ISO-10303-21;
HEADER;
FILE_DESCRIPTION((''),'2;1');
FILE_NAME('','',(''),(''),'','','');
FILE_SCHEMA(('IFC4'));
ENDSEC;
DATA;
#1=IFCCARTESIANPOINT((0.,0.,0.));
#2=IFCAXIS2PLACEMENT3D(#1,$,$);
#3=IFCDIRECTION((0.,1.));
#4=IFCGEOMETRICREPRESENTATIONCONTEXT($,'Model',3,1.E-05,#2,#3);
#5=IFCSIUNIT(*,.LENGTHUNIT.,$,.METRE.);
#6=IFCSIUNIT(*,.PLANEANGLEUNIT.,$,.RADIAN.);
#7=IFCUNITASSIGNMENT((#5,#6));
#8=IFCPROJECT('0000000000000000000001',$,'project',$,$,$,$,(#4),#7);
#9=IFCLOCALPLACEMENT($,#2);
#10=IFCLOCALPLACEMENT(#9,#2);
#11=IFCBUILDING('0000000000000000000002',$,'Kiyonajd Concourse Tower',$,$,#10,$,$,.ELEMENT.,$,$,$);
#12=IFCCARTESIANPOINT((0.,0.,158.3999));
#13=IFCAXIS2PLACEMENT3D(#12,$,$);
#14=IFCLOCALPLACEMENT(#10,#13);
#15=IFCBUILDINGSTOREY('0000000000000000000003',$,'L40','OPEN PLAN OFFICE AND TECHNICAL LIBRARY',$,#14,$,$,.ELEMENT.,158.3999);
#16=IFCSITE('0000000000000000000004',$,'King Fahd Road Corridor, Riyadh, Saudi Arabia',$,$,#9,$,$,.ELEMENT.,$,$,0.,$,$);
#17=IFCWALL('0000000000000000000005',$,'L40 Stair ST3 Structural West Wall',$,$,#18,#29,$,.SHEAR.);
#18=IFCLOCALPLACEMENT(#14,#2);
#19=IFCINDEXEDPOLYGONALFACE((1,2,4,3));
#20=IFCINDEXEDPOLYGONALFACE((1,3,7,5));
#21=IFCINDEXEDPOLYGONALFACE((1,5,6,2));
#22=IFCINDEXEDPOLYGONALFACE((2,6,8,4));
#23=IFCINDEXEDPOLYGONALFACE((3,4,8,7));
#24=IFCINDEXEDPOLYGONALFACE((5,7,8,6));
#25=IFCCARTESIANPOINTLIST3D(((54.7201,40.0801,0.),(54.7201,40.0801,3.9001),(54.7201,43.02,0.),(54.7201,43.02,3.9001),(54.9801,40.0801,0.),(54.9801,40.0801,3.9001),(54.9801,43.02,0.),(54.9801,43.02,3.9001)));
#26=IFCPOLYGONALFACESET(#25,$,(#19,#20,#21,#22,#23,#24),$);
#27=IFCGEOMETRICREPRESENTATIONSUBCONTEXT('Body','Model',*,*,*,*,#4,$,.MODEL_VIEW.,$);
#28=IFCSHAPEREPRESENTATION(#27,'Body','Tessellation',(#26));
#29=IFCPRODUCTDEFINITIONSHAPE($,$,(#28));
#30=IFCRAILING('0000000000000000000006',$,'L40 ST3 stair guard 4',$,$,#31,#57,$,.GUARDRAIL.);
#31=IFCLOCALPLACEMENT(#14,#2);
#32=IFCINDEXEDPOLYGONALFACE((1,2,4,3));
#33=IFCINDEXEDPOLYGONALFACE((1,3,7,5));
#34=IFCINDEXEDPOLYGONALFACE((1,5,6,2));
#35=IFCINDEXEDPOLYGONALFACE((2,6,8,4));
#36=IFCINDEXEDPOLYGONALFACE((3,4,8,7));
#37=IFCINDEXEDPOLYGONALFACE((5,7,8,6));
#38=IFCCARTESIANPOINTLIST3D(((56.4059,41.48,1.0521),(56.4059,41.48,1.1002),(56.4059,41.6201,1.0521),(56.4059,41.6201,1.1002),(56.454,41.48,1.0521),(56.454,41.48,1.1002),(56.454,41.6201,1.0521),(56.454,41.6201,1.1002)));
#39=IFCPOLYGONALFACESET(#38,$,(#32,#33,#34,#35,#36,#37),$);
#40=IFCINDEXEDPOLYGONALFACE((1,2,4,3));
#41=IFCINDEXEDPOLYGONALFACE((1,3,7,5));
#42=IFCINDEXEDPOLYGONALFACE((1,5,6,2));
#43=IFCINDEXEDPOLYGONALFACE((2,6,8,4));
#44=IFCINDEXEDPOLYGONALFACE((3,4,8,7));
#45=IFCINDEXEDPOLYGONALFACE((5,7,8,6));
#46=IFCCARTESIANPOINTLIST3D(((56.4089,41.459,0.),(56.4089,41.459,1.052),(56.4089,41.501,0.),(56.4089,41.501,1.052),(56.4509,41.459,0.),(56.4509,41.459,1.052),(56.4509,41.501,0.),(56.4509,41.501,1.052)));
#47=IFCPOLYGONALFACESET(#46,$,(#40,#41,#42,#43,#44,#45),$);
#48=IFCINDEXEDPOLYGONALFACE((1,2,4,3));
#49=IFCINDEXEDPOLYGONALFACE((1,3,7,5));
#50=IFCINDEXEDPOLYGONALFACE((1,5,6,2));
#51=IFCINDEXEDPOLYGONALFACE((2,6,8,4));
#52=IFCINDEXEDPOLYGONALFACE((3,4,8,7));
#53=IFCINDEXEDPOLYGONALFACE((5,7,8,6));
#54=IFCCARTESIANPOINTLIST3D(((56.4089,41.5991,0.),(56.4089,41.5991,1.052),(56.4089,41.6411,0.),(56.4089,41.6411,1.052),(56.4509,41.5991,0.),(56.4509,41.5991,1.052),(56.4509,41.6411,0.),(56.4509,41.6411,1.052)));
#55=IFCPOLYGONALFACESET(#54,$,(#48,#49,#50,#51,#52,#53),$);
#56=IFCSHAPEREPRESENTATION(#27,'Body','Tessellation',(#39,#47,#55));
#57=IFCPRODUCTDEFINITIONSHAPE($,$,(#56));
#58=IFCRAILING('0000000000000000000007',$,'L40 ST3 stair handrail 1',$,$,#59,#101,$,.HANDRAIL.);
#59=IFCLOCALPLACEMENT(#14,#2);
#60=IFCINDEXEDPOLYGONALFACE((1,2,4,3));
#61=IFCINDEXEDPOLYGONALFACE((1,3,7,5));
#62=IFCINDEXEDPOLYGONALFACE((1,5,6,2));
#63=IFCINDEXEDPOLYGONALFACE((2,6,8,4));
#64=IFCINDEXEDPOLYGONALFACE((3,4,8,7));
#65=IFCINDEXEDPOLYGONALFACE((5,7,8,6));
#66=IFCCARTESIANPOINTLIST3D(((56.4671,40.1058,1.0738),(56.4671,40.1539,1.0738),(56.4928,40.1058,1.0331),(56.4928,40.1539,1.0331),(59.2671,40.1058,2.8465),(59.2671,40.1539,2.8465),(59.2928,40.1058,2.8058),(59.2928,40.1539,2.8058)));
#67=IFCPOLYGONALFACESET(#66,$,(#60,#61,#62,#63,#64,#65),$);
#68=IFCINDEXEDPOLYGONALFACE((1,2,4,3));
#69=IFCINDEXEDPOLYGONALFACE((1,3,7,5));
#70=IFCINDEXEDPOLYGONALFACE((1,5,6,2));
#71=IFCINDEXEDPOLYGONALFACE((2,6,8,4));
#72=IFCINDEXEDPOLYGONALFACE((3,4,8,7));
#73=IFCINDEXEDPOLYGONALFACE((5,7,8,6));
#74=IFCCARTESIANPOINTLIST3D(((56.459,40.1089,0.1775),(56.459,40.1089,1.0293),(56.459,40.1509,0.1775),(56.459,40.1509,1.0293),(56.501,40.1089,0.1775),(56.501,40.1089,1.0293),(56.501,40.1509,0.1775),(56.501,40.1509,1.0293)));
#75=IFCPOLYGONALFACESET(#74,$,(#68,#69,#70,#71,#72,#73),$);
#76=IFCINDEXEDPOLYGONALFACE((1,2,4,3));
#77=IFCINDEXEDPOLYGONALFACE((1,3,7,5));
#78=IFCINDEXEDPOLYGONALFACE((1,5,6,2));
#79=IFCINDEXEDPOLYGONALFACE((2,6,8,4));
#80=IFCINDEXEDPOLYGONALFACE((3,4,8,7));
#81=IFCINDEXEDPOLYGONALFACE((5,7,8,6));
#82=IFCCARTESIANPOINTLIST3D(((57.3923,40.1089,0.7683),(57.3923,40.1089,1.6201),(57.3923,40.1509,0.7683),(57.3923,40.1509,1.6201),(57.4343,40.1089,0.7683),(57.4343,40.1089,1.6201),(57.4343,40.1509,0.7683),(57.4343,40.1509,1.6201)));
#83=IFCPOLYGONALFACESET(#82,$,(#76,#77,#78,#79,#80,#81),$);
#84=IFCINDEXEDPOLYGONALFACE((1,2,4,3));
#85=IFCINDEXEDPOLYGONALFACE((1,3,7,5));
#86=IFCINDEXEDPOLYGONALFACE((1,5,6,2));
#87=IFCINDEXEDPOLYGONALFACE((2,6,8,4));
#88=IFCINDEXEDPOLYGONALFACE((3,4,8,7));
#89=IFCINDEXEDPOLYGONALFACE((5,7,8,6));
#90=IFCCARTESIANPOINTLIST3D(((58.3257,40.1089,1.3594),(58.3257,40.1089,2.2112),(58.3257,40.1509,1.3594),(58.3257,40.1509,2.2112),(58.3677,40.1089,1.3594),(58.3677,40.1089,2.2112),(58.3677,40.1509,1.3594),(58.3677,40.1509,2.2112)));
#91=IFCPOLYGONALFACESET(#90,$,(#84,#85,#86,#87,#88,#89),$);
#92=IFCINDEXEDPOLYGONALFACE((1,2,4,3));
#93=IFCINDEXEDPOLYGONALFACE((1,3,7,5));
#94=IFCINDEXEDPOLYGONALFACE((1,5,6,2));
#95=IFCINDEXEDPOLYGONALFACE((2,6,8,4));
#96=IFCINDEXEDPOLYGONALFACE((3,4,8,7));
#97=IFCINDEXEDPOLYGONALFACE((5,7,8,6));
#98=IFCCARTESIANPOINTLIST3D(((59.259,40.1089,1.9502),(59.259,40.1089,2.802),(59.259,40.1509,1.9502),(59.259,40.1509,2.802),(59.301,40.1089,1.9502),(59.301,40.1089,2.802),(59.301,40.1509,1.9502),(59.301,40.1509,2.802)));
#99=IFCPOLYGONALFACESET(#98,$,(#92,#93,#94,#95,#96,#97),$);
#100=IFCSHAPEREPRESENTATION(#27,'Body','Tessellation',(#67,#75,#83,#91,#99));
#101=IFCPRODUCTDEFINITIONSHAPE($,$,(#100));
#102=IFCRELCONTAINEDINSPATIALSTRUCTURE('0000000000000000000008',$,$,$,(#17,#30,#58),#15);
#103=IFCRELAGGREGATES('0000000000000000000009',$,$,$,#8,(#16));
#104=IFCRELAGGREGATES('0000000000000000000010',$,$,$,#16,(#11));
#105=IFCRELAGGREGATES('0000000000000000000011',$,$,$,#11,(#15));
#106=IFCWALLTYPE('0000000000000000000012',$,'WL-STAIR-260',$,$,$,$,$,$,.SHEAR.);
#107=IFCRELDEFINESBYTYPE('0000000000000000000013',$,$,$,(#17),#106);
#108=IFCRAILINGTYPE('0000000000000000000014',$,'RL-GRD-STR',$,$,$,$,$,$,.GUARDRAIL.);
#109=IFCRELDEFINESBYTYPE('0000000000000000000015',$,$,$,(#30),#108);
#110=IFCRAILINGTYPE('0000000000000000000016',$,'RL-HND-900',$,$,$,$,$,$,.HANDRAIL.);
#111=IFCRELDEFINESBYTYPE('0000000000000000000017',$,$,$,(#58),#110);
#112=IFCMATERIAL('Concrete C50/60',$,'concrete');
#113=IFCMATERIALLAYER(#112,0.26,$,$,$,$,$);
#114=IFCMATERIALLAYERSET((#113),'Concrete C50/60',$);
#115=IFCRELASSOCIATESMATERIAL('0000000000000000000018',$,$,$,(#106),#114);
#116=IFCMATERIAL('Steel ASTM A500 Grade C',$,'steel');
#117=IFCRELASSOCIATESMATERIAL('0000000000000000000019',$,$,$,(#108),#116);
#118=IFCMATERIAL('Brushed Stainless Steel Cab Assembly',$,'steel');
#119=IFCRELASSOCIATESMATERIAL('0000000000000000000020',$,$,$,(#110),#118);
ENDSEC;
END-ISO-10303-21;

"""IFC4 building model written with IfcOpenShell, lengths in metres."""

from ifc_helpers import new_model, si_unit, direction, frame, frame_2d, origin, origin_2d, place, context, subcontext, project, spatial, rectangle, extrude, material, layer, layer_set, type_object, element, save


model = new_model("IFC4")

# Units and contexts
model_context = context("Model", 3, precision=1e-05, world=origin(), true_north=direction((0.0, 1.0)))
body_context = subcontext(model_context, "Body", "Model", "MODEL_VIEW")
ifc_project = project(units=[si_unit("LENGTHUNIT", "METRE"), si_unit("PLANEANGLEUNIT", "RADIAN")], contexts=[model_context])

# Site, building, storey
site_placement = place(None, origin())
site = spatial("IfcSite", under=ifc_project, at=site_placement, Name="King Fahd Road Corridor, Riyadh, Saudi Arabia", CompositionType="ELEMENT", RefElevation=0.0)
building_placement = place(site_placement, origin())
building = spatial("IfcBuilding", under=site, at=building_placement, Name="Kiyonajd Concourse Tower", CompositionType="ELEMENT")
storey_placement = place(building_placement, frame((0.0, 0.0, 158.3999)))
storey = spatial("IfcBuildingStorey", under=building, at=storey_placement, Name="L40", Description="OPEN PLAN OFFICE AND TECHNICAL LIBRARY", CompositionType="ELEMENT", Elevation=158.3999)

# Shared definitions
ifc_material_1 = material(Name="Concrete C50/60", Category="concrete")

# Shared definitions
ifc_material_2 = material(Name="Brushed Stainless Steel Cab Assembly", Category="steel")

# Shared definitions
ifc_layer_1 = layer(ifc_material_1, 0.26)
ifc_layer_set_1 = layer_set([ifc_layer_1], Name="Concrete C50/60")
wall_type_1 = type_object("IfcWallType", Name="WL-STAIR-260", PredefinedType="SHEAR", material=ifc_layer_set_1)

# Wall
wall_1_placement = place(storey_placement, frame((54.8501, 40.0801, 0.0), z_axis=(0.0, 0.0, 1.0), x_axis=(0.0, 1.0, 0.0)))
element("IfcWall", 1, at=wall_1_placement, inside=storey, type_object=wall_type_1, Name="L40 Stair ST3 Structural West Wall", PredefinedType="SHEAR", context=body_context, shape_type="SweptSolid", body=[
    extrude(rectangle(XDim=2.9399, YDim=0.26, at=frame_2d((1.47, 0.0))), origin(), (0.0, 0.0, 1.0), 3.9001),
])

# Railings
ifc_material_3 = material(Name="Steel ASTM A500 Grade C", Category="steel")
railing_type_1 = type_object("IfcRailingType", Name="RL-GRD-STR", PredefinedType="GUARDRAIL", material=ifc_material_3)
railing_1_placement = place(storey_placement, frame((56.4299, 41.48, 0.0)))
element("IfcRailing", 2, at=railing_1_placement, inside=storey, type_object=railing_type_1, Name="L40 ST3 stair guard 4", PredefinedType="GUARDRAIL", context=body_context, shape_type="SweptSolid", body=[
    extrude(rectangle(XDim=0.0481, YDim=0.0481, at=origin_2d()), frame((0.0, 0.0, 1.0762), z_axis=(0.0, 1.0, 0.0), x_axis=(-1.0, 0.0, 0.0)), (0.0, 0.0, 1.0), 0.1401),
    extrude(rectangle(XDim=0.042, YDim=0.042, at=origin_2d()), origin(), (0.0, 0.0, 1.0), 1.052),
    extrude(rectangle(XDim=0.042, YDim=0.042, at=origin_2d()), frame((0.0, 0.1401, 0.0)), (0.0, 0.0, 1.0), 1.052),
])
railing_type_2 = type_object("IfcRailingType", Name="RL-HND-900", PredefinedType="HANDRAIL", material=ifc_material_2)
railing_2_placement = place(storey_placement, frame((56.48, 40.1299, 0.1775)))
element("IfcRailing", 3, at=railing_2_placement, inside=storey, type_object=railing_type_2, Name="L40 ST3 stair handrail 1", PredefinedType="HANDRAIL", context=body_context, shape_type="SweptSolid", body=[
    extrude(rectangle(XDim=0.0481, YDim=0.0481, at=origin_2d()), frame((0.0, 0.0, 0.876), z_axis=(0.844909, 0.0, 0.53491), x_axis=(0.0, 1.0, 0.0)), (0.0, 0.0, 1.0), 3.314),
    extrude(rectangle(XDim=0.042, YDim=0.042, at=origin_2d()), origin(), (0.0, 0.0, 1.0), 0.8518),
    extrude(rectangle(XDim=0.042, YDim=0.042, at=origin_2d()), frame((0.9333, 0.0, 0.5908)), (0.0, 0.0, 1.0), 0.8518),
    extrude(rectangle(XDim=0.042, YDim=0.042, at=origin_2d()), frame((1.8667, 0.0, 1.1819)), (0.0, 0.0, 1.0), 0.8518),
    extrude(rectangle(XDim=0.042, YDim=0.042, at=origin_2d()), frame((2.8, 0.0, 1.7727)), (0.0, 0.0, 1.0), 0.8518),
])

save(model, "model.ifc")
